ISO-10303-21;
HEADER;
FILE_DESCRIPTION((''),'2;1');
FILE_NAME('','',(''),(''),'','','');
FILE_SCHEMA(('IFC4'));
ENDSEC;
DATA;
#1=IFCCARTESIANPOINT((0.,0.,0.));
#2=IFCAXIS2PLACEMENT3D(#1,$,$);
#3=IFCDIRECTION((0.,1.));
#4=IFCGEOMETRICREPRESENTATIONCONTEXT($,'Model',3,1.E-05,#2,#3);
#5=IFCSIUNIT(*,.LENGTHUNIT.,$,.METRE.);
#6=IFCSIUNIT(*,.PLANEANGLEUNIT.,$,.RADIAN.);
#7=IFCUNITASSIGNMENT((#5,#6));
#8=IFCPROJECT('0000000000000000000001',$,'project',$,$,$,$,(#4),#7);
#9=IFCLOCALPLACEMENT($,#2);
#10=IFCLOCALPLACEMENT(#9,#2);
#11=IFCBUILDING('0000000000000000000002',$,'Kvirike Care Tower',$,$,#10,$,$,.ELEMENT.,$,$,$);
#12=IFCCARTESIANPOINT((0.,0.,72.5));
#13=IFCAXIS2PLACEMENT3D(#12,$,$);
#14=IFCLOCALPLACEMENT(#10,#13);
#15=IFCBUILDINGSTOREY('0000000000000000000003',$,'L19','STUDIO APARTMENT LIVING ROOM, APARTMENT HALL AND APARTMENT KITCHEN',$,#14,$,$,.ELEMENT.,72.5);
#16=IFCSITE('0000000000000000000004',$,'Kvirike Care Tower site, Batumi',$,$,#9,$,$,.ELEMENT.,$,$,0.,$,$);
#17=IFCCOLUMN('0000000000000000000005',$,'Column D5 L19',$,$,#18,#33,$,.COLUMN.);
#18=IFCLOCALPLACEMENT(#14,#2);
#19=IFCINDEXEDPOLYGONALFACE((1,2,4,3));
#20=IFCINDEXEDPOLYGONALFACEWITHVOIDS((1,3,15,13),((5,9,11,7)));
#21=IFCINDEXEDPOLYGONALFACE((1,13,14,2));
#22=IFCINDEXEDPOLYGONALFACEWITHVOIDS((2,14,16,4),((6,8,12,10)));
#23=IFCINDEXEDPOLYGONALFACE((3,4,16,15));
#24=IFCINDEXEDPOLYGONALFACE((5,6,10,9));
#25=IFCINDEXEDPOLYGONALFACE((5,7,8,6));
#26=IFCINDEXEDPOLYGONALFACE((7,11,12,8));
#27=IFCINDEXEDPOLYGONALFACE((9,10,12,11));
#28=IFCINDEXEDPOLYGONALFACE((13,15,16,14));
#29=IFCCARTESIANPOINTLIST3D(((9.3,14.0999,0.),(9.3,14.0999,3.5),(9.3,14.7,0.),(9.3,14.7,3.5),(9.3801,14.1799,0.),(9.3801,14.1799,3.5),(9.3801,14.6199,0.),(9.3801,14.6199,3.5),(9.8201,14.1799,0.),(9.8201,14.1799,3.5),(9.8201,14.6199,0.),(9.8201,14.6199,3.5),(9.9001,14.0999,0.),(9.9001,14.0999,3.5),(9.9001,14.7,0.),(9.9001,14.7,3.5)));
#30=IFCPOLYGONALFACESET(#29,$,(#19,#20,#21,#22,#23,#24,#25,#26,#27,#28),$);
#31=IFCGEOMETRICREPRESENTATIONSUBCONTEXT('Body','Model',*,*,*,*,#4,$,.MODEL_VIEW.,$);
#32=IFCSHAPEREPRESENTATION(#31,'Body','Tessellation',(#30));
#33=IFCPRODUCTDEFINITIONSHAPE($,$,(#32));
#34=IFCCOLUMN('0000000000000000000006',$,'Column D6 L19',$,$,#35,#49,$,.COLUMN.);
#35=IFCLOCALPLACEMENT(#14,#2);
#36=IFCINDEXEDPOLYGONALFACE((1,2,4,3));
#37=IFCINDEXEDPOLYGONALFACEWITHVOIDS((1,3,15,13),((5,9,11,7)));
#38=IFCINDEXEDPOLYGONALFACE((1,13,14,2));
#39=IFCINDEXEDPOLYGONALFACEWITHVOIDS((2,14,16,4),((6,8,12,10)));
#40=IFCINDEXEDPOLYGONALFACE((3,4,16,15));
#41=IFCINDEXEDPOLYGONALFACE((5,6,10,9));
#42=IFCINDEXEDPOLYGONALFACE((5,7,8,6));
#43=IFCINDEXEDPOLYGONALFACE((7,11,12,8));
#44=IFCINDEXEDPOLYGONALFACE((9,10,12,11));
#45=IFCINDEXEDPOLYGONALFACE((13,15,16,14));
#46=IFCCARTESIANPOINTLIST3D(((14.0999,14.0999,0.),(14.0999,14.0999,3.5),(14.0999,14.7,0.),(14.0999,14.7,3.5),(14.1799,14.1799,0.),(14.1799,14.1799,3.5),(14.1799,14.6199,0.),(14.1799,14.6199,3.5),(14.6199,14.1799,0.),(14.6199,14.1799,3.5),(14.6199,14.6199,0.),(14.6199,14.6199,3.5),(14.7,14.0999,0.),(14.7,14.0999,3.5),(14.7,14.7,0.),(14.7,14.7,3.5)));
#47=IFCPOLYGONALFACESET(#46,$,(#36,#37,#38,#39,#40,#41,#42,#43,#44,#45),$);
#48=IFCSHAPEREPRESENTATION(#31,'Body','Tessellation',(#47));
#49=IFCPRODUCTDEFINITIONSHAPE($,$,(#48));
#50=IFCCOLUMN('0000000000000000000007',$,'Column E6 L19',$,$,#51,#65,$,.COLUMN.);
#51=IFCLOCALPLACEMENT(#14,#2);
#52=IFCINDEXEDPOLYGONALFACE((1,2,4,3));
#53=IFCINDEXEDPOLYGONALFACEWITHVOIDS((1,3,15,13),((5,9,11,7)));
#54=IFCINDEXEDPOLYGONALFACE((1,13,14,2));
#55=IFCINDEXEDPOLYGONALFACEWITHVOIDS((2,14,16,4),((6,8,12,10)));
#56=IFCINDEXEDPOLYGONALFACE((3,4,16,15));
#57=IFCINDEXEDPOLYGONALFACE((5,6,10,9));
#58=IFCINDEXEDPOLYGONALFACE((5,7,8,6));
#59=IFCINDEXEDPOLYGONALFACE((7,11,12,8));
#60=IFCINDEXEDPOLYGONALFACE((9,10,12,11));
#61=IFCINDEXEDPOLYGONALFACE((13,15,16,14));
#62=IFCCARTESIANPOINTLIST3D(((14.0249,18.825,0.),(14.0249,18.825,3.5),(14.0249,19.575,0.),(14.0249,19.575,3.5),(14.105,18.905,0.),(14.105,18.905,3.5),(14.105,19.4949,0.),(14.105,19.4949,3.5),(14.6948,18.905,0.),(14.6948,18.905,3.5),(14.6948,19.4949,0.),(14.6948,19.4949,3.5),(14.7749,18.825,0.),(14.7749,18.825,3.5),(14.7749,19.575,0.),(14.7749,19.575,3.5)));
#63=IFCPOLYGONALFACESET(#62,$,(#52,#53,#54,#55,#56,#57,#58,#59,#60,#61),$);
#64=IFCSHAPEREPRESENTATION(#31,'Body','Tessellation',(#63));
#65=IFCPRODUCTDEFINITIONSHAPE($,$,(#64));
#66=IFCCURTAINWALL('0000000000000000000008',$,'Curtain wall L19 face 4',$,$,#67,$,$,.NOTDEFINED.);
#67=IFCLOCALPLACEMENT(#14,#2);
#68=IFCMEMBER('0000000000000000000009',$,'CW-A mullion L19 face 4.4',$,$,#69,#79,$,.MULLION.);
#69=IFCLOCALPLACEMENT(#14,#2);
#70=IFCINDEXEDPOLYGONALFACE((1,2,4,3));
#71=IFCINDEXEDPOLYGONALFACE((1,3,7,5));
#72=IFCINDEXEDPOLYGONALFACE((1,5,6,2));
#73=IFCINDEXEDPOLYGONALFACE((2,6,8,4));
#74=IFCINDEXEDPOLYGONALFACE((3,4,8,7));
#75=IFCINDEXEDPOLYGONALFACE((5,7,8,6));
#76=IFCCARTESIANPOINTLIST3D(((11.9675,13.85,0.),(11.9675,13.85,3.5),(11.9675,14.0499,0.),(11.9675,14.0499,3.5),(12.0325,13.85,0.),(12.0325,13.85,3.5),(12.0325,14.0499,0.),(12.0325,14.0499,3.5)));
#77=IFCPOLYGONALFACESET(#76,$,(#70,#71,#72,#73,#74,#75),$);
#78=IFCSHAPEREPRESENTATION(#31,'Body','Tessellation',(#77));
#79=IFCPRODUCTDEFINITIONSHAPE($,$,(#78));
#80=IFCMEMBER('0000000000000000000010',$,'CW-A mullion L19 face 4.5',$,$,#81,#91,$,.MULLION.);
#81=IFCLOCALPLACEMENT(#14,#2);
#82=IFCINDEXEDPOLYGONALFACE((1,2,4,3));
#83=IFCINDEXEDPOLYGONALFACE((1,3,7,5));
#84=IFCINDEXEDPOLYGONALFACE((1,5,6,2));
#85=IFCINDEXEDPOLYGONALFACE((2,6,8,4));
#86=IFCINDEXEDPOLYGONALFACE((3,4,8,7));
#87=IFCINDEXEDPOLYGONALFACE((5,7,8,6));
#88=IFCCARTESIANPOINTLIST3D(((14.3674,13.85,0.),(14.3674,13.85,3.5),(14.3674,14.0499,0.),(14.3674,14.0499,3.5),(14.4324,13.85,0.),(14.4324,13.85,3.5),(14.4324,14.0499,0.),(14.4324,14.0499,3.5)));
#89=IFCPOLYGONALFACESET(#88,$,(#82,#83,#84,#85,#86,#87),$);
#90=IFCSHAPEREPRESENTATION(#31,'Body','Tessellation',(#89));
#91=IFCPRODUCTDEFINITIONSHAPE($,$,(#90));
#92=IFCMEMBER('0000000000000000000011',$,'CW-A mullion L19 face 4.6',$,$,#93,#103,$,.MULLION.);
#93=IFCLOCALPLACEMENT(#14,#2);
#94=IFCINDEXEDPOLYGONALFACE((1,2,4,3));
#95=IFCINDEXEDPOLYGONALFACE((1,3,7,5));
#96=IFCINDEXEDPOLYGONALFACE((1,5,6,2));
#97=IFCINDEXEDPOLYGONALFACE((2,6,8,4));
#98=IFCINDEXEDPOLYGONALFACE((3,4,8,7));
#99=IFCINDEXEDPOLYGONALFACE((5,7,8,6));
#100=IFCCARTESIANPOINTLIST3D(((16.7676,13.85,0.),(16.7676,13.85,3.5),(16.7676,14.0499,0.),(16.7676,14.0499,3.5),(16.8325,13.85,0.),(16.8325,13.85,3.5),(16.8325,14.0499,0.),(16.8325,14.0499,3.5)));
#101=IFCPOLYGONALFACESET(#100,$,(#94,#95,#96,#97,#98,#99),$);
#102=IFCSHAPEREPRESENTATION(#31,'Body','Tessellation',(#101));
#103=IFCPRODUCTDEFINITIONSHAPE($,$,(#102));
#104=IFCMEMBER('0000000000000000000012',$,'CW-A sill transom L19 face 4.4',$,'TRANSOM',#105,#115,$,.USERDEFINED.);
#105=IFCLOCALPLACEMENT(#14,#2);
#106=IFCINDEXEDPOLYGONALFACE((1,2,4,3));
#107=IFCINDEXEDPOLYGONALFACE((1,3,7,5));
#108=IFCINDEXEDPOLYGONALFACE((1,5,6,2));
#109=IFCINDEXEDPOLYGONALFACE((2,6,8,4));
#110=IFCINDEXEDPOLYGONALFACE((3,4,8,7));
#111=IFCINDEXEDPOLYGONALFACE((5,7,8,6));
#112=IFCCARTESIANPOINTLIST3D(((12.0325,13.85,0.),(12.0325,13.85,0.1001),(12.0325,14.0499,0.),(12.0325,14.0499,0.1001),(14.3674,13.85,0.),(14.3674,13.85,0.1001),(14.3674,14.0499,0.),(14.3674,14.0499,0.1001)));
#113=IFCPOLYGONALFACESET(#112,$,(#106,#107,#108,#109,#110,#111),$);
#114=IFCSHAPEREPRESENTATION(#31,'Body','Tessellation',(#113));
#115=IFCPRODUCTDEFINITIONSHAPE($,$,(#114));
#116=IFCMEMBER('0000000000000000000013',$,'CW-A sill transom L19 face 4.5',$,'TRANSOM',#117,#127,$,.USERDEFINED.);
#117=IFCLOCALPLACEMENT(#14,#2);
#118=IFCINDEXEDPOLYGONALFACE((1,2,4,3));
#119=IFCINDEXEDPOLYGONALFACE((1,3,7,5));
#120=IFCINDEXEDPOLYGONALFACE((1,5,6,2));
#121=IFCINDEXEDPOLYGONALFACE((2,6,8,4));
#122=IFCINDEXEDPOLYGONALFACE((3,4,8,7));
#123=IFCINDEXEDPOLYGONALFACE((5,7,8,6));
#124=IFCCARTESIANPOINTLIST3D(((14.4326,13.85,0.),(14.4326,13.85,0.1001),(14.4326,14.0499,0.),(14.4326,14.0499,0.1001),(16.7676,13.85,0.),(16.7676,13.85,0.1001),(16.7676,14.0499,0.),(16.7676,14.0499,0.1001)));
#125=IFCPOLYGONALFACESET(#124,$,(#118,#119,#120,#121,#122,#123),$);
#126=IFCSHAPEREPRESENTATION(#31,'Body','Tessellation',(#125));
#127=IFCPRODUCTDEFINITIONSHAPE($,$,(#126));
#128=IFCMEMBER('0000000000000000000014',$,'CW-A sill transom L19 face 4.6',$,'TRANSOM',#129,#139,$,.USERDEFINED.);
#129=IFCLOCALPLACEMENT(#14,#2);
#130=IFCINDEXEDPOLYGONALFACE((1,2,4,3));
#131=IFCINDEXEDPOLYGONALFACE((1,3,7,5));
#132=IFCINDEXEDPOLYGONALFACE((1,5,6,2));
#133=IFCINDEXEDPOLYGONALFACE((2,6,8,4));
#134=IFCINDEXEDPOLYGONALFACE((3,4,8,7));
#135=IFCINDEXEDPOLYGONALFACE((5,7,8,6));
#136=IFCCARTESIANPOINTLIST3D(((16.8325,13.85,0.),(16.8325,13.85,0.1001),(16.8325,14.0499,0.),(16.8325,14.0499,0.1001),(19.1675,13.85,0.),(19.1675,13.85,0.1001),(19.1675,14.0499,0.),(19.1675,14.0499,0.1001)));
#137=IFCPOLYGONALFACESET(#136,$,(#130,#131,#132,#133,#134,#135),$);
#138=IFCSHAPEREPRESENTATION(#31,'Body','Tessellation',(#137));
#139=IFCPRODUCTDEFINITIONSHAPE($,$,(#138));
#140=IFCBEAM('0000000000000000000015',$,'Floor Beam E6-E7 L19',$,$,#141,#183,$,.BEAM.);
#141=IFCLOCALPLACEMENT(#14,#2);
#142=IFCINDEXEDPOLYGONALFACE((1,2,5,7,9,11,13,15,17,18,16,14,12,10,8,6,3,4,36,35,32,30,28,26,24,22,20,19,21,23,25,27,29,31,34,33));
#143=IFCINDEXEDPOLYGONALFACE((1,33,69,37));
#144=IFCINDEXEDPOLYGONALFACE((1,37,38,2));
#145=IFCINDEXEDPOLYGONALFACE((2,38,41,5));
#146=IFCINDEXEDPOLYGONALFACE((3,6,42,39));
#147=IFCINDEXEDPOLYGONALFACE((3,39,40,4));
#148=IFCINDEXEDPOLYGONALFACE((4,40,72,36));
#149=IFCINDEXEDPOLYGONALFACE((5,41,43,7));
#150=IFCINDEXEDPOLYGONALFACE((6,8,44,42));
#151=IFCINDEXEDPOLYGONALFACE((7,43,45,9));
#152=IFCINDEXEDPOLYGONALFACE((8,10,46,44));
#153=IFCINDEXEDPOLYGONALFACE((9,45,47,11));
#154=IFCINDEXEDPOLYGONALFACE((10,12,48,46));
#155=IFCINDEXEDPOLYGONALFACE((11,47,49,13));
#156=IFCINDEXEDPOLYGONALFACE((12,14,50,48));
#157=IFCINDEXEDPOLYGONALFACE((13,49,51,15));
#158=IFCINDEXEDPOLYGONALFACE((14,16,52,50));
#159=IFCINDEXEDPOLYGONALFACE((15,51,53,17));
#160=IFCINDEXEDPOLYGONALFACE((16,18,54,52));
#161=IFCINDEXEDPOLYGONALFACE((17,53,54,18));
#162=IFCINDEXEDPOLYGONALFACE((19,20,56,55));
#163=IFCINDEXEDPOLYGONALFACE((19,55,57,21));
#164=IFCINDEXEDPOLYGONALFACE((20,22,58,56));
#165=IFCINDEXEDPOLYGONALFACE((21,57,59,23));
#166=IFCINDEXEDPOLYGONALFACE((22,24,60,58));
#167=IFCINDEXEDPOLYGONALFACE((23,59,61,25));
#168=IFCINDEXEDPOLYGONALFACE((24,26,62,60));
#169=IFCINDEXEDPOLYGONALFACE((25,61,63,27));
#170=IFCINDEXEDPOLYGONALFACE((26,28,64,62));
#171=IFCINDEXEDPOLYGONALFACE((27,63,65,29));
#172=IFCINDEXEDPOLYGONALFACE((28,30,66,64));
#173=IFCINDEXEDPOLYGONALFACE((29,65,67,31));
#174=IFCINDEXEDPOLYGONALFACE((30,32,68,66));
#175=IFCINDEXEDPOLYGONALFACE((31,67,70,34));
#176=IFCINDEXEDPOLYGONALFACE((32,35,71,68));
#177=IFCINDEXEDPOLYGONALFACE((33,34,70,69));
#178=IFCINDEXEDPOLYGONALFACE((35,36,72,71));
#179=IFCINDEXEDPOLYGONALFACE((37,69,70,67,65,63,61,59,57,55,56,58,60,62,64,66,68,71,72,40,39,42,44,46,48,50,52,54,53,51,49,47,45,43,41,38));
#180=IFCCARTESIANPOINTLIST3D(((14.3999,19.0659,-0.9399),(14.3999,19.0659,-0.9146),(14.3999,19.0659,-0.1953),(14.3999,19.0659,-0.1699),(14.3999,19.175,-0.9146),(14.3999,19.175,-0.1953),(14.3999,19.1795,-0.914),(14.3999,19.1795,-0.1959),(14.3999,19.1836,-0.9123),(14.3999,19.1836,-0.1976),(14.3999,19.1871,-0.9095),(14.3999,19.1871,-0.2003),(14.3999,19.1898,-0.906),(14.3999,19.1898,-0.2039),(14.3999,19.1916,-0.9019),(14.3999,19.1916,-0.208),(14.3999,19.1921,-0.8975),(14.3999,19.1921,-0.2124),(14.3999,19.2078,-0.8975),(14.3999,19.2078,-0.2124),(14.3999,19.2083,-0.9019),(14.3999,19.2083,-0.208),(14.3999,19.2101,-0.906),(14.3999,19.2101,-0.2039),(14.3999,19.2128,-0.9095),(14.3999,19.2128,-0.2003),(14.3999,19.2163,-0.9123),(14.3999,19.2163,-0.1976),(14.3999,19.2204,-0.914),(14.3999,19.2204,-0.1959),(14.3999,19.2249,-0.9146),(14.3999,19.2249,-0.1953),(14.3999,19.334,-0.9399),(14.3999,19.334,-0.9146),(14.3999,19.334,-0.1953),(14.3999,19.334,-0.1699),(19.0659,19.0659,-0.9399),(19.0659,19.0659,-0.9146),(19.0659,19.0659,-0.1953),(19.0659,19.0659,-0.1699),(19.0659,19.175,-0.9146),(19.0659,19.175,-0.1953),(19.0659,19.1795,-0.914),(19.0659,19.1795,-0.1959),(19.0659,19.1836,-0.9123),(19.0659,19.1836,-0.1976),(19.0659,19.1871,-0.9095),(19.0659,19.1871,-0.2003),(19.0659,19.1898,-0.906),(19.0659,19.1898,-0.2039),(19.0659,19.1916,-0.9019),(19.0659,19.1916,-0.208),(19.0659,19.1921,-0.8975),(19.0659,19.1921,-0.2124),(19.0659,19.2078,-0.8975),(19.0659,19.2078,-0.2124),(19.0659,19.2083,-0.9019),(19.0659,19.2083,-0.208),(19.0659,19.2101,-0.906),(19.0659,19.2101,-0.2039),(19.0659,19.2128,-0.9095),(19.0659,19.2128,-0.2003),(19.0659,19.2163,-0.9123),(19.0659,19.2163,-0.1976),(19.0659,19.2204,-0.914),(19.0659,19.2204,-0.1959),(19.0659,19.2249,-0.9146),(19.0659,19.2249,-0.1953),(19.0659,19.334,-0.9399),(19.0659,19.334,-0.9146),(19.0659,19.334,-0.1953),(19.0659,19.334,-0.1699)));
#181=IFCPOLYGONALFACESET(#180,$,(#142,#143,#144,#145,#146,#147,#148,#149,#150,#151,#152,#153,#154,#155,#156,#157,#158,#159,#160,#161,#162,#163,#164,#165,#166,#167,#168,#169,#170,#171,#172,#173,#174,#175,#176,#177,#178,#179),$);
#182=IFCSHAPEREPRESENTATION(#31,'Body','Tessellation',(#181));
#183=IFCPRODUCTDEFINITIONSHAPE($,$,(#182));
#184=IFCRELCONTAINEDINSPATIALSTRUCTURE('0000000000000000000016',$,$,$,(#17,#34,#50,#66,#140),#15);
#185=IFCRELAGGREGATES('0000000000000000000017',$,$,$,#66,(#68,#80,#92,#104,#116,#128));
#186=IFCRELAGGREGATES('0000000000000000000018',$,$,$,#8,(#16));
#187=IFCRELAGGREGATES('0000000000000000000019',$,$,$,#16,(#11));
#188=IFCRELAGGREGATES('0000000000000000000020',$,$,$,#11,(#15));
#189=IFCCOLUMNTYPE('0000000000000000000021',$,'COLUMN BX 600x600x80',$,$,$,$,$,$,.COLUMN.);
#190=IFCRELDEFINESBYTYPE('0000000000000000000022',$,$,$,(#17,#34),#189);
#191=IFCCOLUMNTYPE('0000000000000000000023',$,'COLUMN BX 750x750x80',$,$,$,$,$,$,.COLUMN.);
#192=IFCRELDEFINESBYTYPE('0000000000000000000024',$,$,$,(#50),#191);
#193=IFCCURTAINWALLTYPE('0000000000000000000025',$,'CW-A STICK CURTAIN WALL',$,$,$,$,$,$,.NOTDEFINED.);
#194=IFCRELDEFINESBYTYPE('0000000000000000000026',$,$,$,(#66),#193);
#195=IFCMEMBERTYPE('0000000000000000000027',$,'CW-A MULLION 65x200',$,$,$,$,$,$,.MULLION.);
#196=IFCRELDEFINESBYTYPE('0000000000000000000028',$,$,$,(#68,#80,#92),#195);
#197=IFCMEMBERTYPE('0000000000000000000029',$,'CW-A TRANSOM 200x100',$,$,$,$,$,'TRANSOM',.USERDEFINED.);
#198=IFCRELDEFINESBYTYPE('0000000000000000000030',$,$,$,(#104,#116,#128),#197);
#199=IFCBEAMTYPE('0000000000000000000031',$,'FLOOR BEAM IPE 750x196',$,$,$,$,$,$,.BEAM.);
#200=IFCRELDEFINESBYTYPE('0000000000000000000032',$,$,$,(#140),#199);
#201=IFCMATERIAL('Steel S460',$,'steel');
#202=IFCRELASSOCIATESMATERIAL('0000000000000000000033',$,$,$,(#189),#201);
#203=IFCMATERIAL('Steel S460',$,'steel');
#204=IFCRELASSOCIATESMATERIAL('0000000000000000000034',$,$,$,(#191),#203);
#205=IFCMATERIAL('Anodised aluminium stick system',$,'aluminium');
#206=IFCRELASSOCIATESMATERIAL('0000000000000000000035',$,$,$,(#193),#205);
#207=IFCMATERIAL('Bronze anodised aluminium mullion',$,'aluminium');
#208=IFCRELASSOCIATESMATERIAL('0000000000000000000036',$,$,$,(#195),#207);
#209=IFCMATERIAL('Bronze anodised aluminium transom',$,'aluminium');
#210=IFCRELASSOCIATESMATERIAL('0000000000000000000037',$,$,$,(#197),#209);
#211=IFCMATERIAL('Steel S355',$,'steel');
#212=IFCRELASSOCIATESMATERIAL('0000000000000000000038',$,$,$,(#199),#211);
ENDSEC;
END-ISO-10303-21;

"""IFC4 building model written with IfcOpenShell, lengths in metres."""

from ifc_helpers import new_model, si_unit, direction, frame, origin, origin_2d, place, context, subcontext, project, spatial, rectangle, hollow_rectangle, i_section, extrude, material, material_profile, profile_set, type_object, element, aggregate, save


model = new_model("IFC4")

# Units and contexts
model_context = context("Model", 3, precision=1e-05, world=origin(), true_north=direction((0.0, 1.0)))
body_context = subcontext(model_context, "Body", "Model", "MODEL_VIEW")
ifc_project = project(units=[si_unit("LENGTHUNIT", "METRE"), si_unit("PLANEANGLEUNIT", "RADIAN")], contexts=[model_context])

# Site, building, storey
site_placement = place(None, origin())
site = spatial("IfcSite", under=ifc_project, at=site_placement, Name="Kvirike Care Tower site, Batumi", CompositionType="ELEMENT", RefElevation=0.0)
building_placement = place(site_placement, origin())
building = spatial("IfcBuilding", under=site, at=building_placement, Name="Kvirike Care Tower", CompositionType="ELEMENT")
storey_placement = place(building_placement, frame((0.0, 0.0, 72.5)))
storey = spatial("IfcBuildingStorey", under=building, at=storey_placement, Name="L19", Description="STUDIO APARTMENT LIVING ROOM, APARTMENT HALL AND APARTMENT KITCHEN", CompositionType="ELEMENT", Elevation=72.5)

# Columns
ifc_material_1 = material(Name="Steel S460", Category="steel")
ifc_material_profile_1 = material_profile(ifc_material_1, hollow_rectangle(XDim=0.6001, YDim=0.6001, WallThickness=0.0801, at=origin_2d()), Name="BX 600x600x80")
ifc_profile_set_1 = profile_set([ifc_material_profile_1], Name="Steel S460")
column_type_1 = type_object("IfcColumnType", Name="COLUMN BX 600x600x80", PredefinedType="COLUMN", material=ifc_profile_set_1)
for number, where, z_axis, x_axis, name in (
    (1, (9.6001, 14.3999, 0.0), (0.0, 0.0, 1.0), (0.0, 1.0, 0.0), "Column D5 L19"),
    (2, (14.3999, 14.3999, 0.0), (0.0, 0.0, 1.0), (0.0, 1.0, 0.0), "Column D6 L19"),
):
    element("IfcColumn", number, at=place(storey_placement, frame(where, z_axis=z_axis, x_axis=x_axis)), inside=storey, type_object=column_type_1, Name=name, PredefinedType="COLUMN", context=body_context, shape_type="SweptSolid", body=[
        extrude(hollow_rectangle(XDim=0.6001, YDim=0.6001, WallThickness=0.0801, at=origin_2d()), origin(), (0.0, 0.0, 1.0), 3.5),
    ])
ifc_material_2 = material(Name="Steel S460", Category="steel")
ifc_material_profile_2 = material_profile(ifc_material_2, hollow_rectangle(XDim=0.75, YDim=0.75, WallThickness=0.0801, at=origin_2d()), Name="BX 750x750x80")
ifc_profile_set_2 = profile_set([ifc_material_profile_2], Name="Steel S460")
column_type_2 = type_object("IfcColumnType", Name="COLUMN BX 750x750x80", PredefinedType="COLUMN", material=ifc_profile_set_2)
column_placement = place(storey_placement, frame((14.3999, 19.2, 0.0), z_axis=(0.0, 0.0, 1.0), x_axis=(1.0, 0.0, 0.0)))
element("IfcColumn", 3, at=column_placement, inside=storey, type_object=column_type_2, Name="Column E6 L19", PredefinedType="COLUMN", context=body_context, shape_type="SweptSolid", body=[
    extrude(hollow_rectangle(XDim=0.75, YDim=0.75, WallThickness=0.0801, at=origin_2d()), origin(), (0.0, 0.0, 1.0), 3.5),
])

# Curtain wall, members
ifc_material_3 = material(Name="Anodised aluminium stick system", Category="aluminium")
curtain_wall_type = type_object("IfcCurtainWallType", Name="CW-A STICK CURTAIN WALL", PredefinedType="NOTDEFINED", material=ifc_material_3)
curtain_wall_placement = place(storey_placement, origin())
curtain_wall = element("IfcCurtainWall", 4, at=curtain_wall_placement, inside=storey, type_object=curtain_wall_type, Name="Curtain wall L19 face 4", PredefinedType="NOTDEFINED")
ifc_material_4 = material(Name="Bronze anodised aluminium mullion", Category="aluminium")
ifc_material_profile_3 = material_profile(ifc_material_4, rectangle(XDim=0.0649, YDim=0.2, at=origin_2d()), Name="CW-A MULLION 65x200")
ifc_profile_set_3 = profile_set([ifc_material_profile_3], Name="Bronze anodised aluminium mullion")
member_type_1 = type_object("IfcMemberType", Name="CW-A MULLION 65x200", PredefinedType="MULLION", material=ifc_profile_set_3)
member_1_placement = place(storey_placement, frame((12.0, 13.95, 0.0), z_axis=(0.0, 0.0, 1.0), x_axis=(1.0, 0.0, 0.0)))
member_1 = element("IfcMember", 5, at=member_1_placement, type_object=member_type_1, Name="CW-A mullion L19 face 4.4", PredefinedType="MULLION", context=body_context, shape_type="SweptSolid", body=[
    extrude(rectangle(XDim=0.0649, YDim=0.2, at=origin_2d()), origin(), (0.0, 0.0, 1.0), 3.5),
])
member_2_placement = place(storey_placement, frame((14.3999, 13.95, 0.0), z_axis=(0.0, 0.0, 1.0), x_axis=(1.0, 0.0, 0.0)))
member_2 = element("IfcMember", 6, at=member_2_placement, type_object=member_type_1, Name="CW-A mullion L19 face 4.5", PredefinedType="MULLION", context=body_context, shape_type="SweptSolid", body=[
    extrude(rectangle(XDim=0.0649, YDim=0.2, at=origin_2d()), origin(), (0.0, 0.0, 1.0), 3.5),
])
member_3_placement = place(storey_placement, frame((16.8, 13.95, 0.0), z_axis=(0.0, 0.0, 1.0), x_axis=(1.0, 0.0, 0.0)))
member_3 = element("IfcMember", 7, at=member_3_placement, type_object=member_type_1, Name="CW-A mullion L19 face 4.6", PredefinedType="MULLION", context=body_context, shape_type="SweptSolid", body=[
    extrude(rectangle(XDim=0.0649, YDim=0.2, at=origin_2d()), origin(), (0.0, 0.0, 1.0), 3.5),
])
ifc_material_5 = material(Name="Bronze anodised aluminium transom", Category="aluminium")
ifc_material_profile_4 = material_profile(ifc_material_5, rectangle(XDim=0.2, YDim=0.1001, at=origin_2d()), Name="CW-A TRANSOM 200x100")
ifc_profile_set_4 = profile_set([ifc_material_profile_4], Name="Bronze anodised aluminium transom")
member_type_2 = type_object("IfcMemberType", Name="CW-A TRANSOM 200x100", ElementType="TRANSOM", PredefinedType="USERDEFINED", material=ifc_profile_set_4)
member_4_placement = place(storey_placement, frame((12.0325, 13.95, 0.05), z_axis=(1.0, 0.0, 0.0), x_axis=(0.0, 1.0, 0.0)))
member_4 = element("IfcMember", 8, at=member_4_placement, type_object=member_type_2, Name="CW-A sill transom L19 face 4.4", ObjectType="TRANSOM", PredefinedType="USERDEFINED", context=body_context, shape_type="SweptSolid", body=[
    extrude(rectangle(XDim=0.2, YDim=0.1001, at=origin_2d()), origin(), (0.0, 0.0, 1.0), 2.335),
])
member_5_placement = place(storey_placement, frame((14.4326, 13.95, 0.05), z_axis=(1.0, 0.0, 0.0), x_axis=(0.0, 1.0, 0.0)))
member_5 = element("IfcMember", 9, at=member_5_placement, type_object=member_type_2, Name="CW-A sill transom L19 face 4.5", ObjectType="TRANSOM", PredefinedType="USERDEFINED", context=body_context, shape_type="SweptSolid", body=[
    extrude(rectangle(XDim=0.2, YDim=0.1001, at=origin_2d()), origin(), (0.0, 0.0, 1.0), 2.335),
])
member_6_placement = place(storey_placement, frame((16.8325, 13.95, 0.05), z_axis=(1.0, 0.0, 0.0), x_axis=(0.0, 1.0, 0.0)))
member_6 = element("IfcMember", 10, at=member_6_placement, type_object=member_type_2, Name="CW-A sill transom L19 face 4.6", ObjectType="TRANSOM", PredefinedType="USERDEFINED", context=body_context, shape_type="SweptSolid", body=[
    extrude(rectangle(XDim=0.2, YDim=0.1001, at=origin_2d()), origin(), (0.0, 0.0, 1.0), 2.335),
])

# Beam
ifc_material_6 = material(Name="Steel S355", Category="steel")
ifc_material_profile_5 = material_profile(ifc_material_6, i_section(OverallWidth=0.2681, OverallDepth=0.77, WebThickness=0.0156, FlangeThickness=0.0254, FilletRadius=0.0171, at=origin_2d()), Name="IPE 750x196")
ifc_profile_set_5 = profile_set([ifc_material_profile_5], Name="Steel S355")
beam_type_1 = type_object("IfcBeamType", Name="FLOOR BEAM IPE 750x196", PredefinedType="BEAM", material=ifc_profile_set_5)
beam_1_placement = place(storey_placement, frame((14.3999, 19.2, -0.5549), z_axis=(1.0, 0.0, 0.0), x_axis=(0.0, 1.0, 0.0)))
element("IfcBeam", 11, at=beam_1_placement, inside=storey, type_object=beam_type_1, Name="Floor Beam E6-E7 L19", PredefinedType="BEAM", context=body_context, shape_type="SweptSolid", body=[
    extrude(i_section(OverallWidth=0.2681, OverallDepth=0.77, WebThickness=0.0156, FlangeThickness=0.0254, FilletRadius=0.0171, at=origin_2d()), origin(), (0.0, 0.0, 1.0), 4.666),
])

aggregate(curtain_wall, [member_1, member_2, member_3, member_4, member_5, member_6])

save(model, "model.ifc")
